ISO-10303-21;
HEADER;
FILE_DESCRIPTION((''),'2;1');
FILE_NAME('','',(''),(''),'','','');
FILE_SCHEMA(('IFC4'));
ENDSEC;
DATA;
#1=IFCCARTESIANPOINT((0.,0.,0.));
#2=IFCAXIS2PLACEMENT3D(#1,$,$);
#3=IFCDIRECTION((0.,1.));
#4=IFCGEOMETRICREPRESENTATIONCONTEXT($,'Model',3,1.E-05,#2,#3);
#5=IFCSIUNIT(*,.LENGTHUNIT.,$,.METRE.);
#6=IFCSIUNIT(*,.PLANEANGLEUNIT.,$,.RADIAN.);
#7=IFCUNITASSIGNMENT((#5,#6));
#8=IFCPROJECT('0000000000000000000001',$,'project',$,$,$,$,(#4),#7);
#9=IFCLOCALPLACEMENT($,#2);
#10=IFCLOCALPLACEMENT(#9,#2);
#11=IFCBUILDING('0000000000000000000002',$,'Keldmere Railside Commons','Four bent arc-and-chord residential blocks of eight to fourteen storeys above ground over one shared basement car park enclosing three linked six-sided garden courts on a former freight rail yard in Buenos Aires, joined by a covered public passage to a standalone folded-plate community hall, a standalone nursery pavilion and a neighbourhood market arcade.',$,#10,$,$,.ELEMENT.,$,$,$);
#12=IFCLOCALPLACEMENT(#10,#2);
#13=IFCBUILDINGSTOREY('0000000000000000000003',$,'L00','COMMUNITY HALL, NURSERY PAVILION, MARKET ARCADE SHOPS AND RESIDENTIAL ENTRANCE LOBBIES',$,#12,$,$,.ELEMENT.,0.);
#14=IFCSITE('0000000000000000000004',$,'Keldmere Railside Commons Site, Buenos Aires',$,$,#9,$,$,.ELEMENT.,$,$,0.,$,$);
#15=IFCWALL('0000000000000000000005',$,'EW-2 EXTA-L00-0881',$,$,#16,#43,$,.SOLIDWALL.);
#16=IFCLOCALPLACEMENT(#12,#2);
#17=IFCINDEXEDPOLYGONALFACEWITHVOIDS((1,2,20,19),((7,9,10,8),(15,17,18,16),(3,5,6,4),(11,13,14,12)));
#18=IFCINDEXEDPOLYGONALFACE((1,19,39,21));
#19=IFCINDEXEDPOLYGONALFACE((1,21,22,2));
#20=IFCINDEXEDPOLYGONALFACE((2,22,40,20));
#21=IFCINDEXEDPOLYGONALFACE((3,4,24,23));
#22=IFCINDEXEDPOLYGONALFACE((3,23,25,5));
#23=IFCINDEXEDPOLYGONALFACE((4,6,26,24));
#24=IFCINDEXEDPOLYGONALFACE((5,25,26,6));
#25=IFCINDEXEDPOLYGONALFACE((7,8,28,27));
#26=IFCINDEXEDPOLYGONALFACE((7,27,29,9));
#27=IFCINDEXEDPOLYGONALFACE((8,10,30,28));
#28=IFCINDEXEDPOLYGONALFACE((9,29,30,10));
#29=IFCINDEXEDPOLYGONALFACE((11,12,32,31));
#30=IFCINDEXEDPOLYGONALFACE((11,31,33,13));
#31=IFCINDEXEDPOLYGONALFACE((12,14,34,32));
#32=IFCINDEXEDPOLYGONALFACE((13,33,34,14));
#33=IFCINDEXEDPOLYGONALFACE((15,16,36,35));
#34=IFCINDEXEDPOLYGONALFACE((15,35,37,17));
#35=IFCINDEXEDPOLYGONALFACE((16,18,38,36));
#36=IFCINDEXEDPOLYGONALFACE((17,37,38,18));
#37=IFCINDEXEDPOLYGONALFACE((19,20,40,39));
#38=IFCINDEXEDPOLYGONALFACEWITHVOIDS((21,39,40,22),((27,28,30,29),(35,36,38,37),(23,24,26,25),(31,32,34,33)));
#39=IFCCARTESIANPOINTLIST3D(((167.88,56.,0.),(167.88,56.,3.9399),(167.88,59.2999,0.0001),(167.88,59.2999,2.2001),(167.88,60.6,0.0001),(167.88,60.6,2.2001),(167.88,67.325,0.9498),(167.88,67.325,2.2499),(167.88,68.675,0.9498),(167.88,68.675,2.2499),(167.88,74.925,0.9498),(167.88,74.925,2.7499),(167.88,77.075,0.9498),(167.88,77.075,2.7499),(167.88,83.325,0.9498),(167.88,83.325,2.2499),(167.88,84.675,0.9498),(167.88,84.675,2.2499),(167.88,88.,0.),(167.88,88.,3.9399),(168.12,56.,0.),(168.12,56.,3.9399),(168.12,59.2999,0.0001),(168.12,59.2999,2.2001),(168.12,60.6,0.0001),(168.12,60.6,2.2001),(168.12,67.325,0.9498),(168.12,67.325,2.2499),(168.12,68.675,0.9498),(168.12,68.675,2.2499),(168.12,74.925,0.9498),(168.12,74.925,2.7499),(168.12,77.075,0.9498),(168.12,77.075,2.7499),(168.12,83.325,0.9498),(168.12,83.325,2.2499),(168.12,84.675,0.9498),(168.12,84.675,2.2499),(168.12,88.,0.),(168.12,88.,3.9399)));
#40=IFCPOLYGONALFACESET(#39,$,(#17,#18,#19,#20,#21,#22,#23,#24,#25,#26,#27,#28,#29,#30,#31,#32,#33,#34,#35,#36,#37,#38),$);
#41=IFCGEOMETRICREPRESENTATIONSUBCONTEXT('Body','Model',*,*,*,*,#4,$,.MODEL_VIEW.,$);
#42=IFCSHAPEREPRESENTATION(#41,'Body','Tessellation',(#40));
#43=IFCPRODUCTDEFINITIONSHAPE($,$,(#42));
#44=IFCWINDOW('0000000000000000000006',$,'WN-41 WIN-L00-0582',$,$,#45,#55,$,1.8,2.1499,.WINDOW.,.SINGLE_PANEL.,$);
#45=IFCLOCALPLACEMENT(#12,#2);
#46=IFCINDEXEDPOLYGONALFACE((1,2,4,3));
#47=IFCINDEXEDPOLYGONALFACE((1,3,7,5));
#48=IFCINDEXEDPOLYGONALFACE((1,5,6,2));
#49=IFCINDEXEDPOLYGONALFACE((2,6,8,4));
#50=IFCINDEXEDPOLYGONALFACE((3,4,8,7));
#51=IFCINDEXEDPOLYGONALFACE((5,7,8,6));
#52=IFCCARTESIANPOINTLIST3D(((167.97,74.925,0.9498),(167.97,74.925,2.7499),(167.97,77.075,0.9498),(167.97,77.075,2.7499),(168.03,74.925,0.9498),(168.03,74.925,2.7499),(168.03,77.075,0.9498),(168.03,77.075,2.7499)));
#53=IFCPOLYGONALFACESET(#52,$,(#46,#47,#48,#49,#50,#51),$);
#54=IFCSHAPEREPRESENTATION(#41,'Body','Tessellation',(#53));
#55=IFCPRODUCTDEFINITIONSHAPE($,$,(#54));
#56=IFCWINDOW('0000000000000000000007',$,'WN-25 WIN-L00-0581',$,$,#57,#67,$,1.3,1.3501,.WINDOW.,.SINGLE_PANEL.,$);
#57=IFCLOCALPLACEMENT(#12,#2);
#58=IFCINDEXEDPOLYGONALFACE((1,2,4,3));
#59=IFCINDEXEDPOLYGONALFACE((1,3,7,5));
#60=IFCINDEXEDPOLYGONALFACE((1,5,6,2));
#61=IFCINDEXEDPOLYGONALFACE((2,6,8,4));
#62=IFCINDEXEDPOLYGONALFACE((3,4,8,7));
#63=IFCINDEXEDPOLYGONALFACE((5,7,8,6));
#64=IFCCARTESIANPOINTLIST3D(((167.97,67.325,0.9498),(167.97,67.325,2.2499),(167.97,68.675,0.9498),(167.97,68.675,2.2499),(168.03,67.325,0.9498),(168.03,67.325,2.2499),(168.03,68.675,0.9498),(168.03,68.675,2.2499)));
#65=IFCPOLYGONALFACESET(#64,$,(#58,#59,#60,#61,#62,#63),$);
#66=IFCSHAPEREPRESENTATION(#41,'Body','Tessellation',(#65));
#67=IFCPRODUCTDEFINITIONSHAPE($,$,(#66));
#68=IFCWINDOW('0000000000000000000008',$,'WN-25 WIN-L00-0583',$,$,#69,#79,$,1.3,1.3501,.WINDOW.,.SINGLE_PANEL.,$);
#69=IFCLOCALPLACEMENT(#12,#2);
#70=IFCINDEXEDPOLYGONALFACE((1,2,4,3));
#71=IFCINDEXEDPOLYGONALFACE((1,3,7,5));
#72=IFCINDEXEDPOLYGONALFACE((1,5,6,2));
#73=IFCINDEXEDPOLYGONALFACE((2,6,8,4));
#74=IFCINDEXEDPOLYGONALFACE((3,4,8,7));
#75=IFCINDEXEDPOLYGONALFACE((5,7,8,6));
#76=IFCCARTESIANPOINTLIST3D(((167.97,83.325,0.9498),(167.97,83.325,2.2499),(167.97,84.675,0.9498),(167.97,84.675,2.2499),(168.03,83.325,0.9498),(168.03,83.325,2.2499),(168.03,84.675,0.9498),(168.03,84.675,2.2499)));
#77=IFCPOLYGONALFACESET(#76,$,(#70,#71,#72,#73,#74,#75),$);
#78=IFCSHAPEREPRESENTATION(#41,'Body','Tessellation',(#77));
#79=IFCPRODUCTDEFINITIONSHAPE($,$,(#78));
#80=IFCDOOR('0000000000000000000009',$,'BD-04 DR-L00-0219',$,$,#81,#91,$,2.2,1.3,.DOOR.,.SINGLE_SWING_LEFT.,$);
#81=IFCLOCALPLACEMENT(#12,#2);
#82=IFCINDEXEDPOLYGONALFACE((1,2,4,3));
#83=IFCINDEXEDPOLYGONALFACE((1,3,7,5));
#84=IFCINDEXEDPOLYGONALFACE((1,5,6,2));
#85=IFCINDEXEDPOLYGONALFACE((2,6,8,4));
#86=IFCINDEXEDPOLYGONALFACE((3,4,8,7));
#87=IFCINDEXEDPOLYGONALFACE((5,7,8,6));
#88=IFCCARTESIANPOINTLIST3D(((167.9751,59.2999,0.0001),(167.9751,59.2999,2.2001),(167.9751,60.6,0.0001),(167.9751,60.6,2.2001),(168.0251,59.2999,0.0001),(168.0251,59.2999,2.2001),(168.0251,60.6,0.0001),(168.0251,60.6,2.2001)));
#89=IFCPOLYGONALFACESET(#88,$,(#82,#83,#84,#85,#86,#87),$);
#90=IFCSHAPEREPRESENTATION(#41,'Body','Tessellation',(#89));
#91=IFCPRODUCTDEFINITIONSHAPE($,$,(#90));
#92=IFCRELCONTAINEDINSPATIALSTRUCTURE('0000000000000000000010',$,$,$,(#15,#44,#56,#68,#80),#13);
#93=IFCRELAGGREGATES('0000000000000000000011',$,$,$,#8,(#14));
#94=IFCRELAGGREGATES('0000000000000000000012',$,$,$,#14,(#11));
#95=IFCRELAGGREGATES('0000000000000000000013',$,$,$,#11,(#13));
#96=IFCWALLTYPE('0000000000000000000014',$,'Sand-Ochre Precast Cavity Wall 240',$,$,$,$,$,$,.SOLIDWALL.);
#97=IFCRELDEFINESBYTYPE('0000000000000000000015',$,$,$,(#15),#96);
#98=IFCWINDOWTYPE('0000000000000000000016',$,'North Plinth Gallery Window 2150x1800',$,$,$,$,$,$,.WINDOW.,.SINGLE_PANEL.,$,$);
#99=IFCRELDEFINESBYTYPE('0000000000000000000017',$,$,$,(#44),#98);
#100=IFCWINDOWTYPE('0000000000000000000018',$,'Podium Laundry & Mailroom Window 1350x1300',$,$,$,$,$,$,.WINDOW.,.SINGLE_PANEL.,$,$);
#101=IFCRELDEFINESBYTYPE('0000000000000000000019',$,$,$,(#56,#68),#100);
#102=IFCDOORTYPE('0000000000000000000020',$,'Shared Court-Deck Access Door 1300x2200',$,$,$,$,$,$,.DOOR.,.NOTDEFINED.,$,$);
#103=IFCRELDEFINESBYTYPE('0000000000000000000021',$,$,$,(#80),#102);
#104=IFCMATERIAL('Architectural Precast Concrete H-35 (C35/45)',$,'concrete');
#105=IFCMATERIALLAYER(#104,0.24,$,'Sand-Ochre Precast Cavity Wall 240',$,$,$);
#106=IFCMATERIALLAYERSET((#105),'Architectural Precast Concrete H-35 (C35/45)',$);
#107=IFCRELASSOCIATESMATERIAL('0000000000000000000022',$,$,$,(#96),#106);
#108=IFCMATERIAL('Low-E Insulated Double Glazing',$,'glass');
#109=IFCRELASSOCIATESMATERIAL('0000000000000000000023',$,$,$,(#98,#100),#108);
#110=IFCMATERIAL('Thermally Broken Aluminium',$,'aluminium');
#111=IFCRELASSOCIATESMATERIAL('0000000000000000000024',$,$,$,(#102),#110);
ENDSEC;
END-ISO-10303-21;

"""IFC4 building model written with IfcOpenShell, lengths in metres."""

from ifc_helpers import new_model, si_unit, direction, frame, frame_2d, origin, place, context, subcontext, project, spatial, rectangle, extrude, material, layer, layer_set, type_object, element, fill, save


model = new_model("IFC4")

# Units and contexts
model_context = context("Model", 3, precision=1e-05, world=origin(), true_north=direction((0.0, 1.0)))
body_context = subcontext(model_context, "Body", "Model", "MODEL_VIEW")
ifc_project = project(units=[si_unit("LENGTHUNIT", "METRE"), si_unit("PLANEANGLEUNIT", "RADIAN")], contexts=[model_context])

# Site, building, storey
site_placement = place(None, origin())
site = spatial("IfcSite", under=ifc_project, at=site_placement, Name="Keldmere Railside Commons Site, Buenos Aires", CompositionType="ELEMENT", RefElevation=0.0)
building_placement = place(site_placement, origin())
building = spatial("IfcBuilding", under=site, at=building_placement, Name="Keldmere Railside Commons", Description="Four bent arc-and-chord residential blocks of eight to fourteen storeys above ground over one shared basement car park enclosing three linked six-sided garden courts on a former freight rail yard in Buenos Aires, joined by a covered public passage to a standalone folded-plate community hall, a standalone nursery pavilion and a neighbourhood market arcade.", CompositionType="ELEMENT")
storey_placement = place(building_placement, origin())
storey = spatial("IfcBuildingStorey", under=building, at=storey_placement, Name="L00", Description="COMMUNITY HALL, NURSERY PAVILION, MARKET ARCADE SHOPS AND RESIDENTIAL ENTRANCE LOBBIES", CompositionType="ELEMENT", Elevation=0.0)

# Wall, openings, windows, door
ifc_material_1 = material(Name="Architectural Precast Concrete H-35 (C35/45)", Category="concrete")
ifc_layer_1 = layer(ifc_material_1, 0.24, Name="Sand-Ochre Precast Cavity Wall 240")
ifc_layer_set_1 = layer_set([ifc_layer_1], Name="Architectural Precast Concrete H-35 (C35/45)")
wall_type_1 = type_object("IfcWallType", Name="Sand-Ochre Precast Cavity Wall 240", PredefinedType="SOLIDWALL", material=ifc_layer_set_1)
wall_1_placement = place(storey_placement, frame((168.0, 56.0, 0.0), z_axis=(0.0, 0.0, 1.0), x_axis=(0.0, 1.0, 0.0)))
wall_1 = element("IfcWall", 1, at=wall_1_placement, inside=storey, type_object=wall_type_1, Name="EW-2 EXTA-L00-0881", PredefinedType="SOLIDWALL", context=body_context, shape_type="SweptSolid", body=[
    extrude(rectangle(XDim=32.0, YDim=0.24, at=frame_2d((16.0, 0.0))), origin(), (0.0, 0.0, 1.0), 3.9399),
])
opening_1_placement = place(wall_1_placement, frame((3.3, 0.0, 0.0)))
opening_1 = element("IfcOpeningElement", 2, at=opening_1_placement, cuts=wall_1, PredefinedType="OPENING", context=body_context, shape_type="SweptSolid", body=[
    extrude(rectangle(XDim=1.3, YDim=2.2, at=frame_2d((0.6499, 1.1001))), frame((0.0, 0.1299, 0.0), z_axis=(0.0, -1.0, 0.0), x_axis=(1.0, 0.0, 0.0)), (0.0, 0.0, 1.0), 0.26),
])
opening_2_placement = place(wall_1_placement, frame((11.325, 0.0, 0.95)))
opening_2 = element("IfcOpeningElement", 3, at=opening_2_placement, cuts=wall_1, PredefinedType="OPENING", context=body_context, shape_type="SweptSolid", body=[
    extrude(rectangle(XDim=1.3501, YDim=1.3, at=frame_2d((0.675, 0.6499))), frame((0.0, 0.1299, 0.0), z_axis=(0.0, -1.0, 0.0), x_axis=(1.0, 0.0, 0.0)), (0.0, 0.0, 1.0), 0.26),
])
opening_3_placement = place(wall_1_placement, frame((18.925, 0.0, 0.95)))
opening_3 = element("IfcOpeningElement", 4, at=opening_3_placement, cuts=wall_1, PredefinedType="OPENING", context=body_context, shape_type="SweptSolid", body=[
    extrude(rectangle(XDim=2.1499, YDim=1.8, at=frame_2d((1.075, 0.8999))), frame((0.0, 0.1299, 0.0), z_axis=(0.0, -1.0, 0.0), x_axis=(1.0, 0.0, 0.0)), (0.0, 0.0, 1.0), 0.26),
])
opening_4_placement = place(wall_1_placement, frame((27.325, 0.0, 0.95)))
opening_4 = element("IfcOpeningElement", 5, at=opening_4_placement, cuts=wall_1, PredefinedType="OPENING", context=body_context, shape_type="SweptSolid", body=[
    extrude(rectangle(XDim=1.3501, YDim=1.3, at=frame_2d((0.675, 0.6499))), frame((0.0, 0.1299, 0.0), z_axis=(0.0, -1.0, 0.0), x_axis=(1.0, 0.0, 0.0)), (0.0, 0.0, 1.0), 0.26),
])
ifc_material_2 = material(Name="Low-E Insulated Double Glazing", Category="glass")
window_type_1 = type_object("IfcWindowType", Name="North Plinth Gallery Window 2150x1800", PartitioningType="SINGLE_PANEL", PredefinedType="WINDOW", material=ifc_material_2)
window_1_placement = place(opening_3_placement, origin())
window_1 = element("IfcWindow", 6, at=window_1_placement, inside=storey, type_object=window_type_1, Name="WN-41 WIN-L00-0582", OverallHeight=1.8, OverallWidth=2.1499, PartitioningType="SINGLE_PANEL", PredefinedType="WINDOW", context=body_context, shape_type="SweptSolid", body=[
    extrude(rectangle(XDim=2.1499, YDim=1.8, at=frame_2d((1.075, 0.8999))), frame((0.0, 0.03, 0.0), z_axis=(0.0, -1.0, 0.0), x_axis=(1.0, 0.0, 0.0)), (0.0, 0.0, 1.0), 0.0601),
])
fill(opening_3, window_1)
window_type_2 = type_object("IfcWindowType", Name="Podium Laundry & Mailroom Window 1350x1300", PartitioningType="SINGLE_PANEL", PredefinedType="WINDOW", material=ifc_material_2)
window_2_placement = place(opening_2_placement, origin())
window_2 = element("IfcWindow", 7, at=window_2_placement, inside=storey, type_object=window_type_2, Name="WN-25 WIN-L00-0581", OverallHeight=1.3, OverallWidth=1.3501, PartitioningType="SINGLE_PANEL", PredefinedType="WINDOW", context=body_context, shape_type="SweptSolid", body=[
    extrude(rectangle(XDim=1.3501, YDim=1.3, at=frame_2d((0.675, 0.6499))), frame((0.0, 0.03, 0.0), z_axis=(0.0, -1.0, 0.0), x_axis=(1.0, 0.0, 0.0)), (0.0, 0.0, 1.0), 0.0601),
])
fill(opening_2, window_2)
window_3_placement = place(opening_4_placement, origin())
window_3 = element("IfcWindow", 8, at=window_3_placement, inside=storey, type_object=window_type_2, Name="WN-25 WIN-L00-0583", OverallHeight=1.3, OverallWidth=1.3501, PartitioningType="SINGLE_PANEL", PredefinedType="WINDOW", context=body_context, shape_type="SweptSolid", body=[
    extrude(rectangle(XDim=1.3501, YDim=1.3, at=frame_2d((0.675, 0.6499))), frame((0.0, 0.03, 0.0), z_axis=(0.0, -1.0, 0.0), x_axis=(1.0, 0.0, 0.0)), (0.0, 0.0, 1.0), 0.0601),
])
fill(opening_4, window_3)
ifc_material_3 = material(Name="Thermally Broken Aluminium", Category="aluminium")
door_type_1 = type_object("IfcDoorType", Name="Shared Court-Deck Access Door 1300x2200", OperationType="NOTDEFINED", PredefinedType="DOOR", material=ifc_material_3)
door_1_placement = place(opening_1_placement, origin())
door_1 = element("IfcDoor", 9, at=door_1_placement, inside=storey, type_object=door_type_1, Name="BD-04 DR-L00-0219", OperationType="SINGLE_SWING_LEFT", OverallHeight=2.2, OverallWidth=1.3, PredefinedType="DOOR", context=body_context, shape_type="SweptSolid", body=[
    extrude(rectangle(XDim=1.3, YDim=2.2, at=frame_2d((0.6499, 1.1001))), frame((0.0, 0.0249, 0.0), z_axis=(0.0, -1.0, 0.0), x_axis=(1.0, 0.0, 0.0)), (0.0, 0.0, 1.0), 0.05),
])
fill(opening_1, door_1)

save(model, "model.ifc")
